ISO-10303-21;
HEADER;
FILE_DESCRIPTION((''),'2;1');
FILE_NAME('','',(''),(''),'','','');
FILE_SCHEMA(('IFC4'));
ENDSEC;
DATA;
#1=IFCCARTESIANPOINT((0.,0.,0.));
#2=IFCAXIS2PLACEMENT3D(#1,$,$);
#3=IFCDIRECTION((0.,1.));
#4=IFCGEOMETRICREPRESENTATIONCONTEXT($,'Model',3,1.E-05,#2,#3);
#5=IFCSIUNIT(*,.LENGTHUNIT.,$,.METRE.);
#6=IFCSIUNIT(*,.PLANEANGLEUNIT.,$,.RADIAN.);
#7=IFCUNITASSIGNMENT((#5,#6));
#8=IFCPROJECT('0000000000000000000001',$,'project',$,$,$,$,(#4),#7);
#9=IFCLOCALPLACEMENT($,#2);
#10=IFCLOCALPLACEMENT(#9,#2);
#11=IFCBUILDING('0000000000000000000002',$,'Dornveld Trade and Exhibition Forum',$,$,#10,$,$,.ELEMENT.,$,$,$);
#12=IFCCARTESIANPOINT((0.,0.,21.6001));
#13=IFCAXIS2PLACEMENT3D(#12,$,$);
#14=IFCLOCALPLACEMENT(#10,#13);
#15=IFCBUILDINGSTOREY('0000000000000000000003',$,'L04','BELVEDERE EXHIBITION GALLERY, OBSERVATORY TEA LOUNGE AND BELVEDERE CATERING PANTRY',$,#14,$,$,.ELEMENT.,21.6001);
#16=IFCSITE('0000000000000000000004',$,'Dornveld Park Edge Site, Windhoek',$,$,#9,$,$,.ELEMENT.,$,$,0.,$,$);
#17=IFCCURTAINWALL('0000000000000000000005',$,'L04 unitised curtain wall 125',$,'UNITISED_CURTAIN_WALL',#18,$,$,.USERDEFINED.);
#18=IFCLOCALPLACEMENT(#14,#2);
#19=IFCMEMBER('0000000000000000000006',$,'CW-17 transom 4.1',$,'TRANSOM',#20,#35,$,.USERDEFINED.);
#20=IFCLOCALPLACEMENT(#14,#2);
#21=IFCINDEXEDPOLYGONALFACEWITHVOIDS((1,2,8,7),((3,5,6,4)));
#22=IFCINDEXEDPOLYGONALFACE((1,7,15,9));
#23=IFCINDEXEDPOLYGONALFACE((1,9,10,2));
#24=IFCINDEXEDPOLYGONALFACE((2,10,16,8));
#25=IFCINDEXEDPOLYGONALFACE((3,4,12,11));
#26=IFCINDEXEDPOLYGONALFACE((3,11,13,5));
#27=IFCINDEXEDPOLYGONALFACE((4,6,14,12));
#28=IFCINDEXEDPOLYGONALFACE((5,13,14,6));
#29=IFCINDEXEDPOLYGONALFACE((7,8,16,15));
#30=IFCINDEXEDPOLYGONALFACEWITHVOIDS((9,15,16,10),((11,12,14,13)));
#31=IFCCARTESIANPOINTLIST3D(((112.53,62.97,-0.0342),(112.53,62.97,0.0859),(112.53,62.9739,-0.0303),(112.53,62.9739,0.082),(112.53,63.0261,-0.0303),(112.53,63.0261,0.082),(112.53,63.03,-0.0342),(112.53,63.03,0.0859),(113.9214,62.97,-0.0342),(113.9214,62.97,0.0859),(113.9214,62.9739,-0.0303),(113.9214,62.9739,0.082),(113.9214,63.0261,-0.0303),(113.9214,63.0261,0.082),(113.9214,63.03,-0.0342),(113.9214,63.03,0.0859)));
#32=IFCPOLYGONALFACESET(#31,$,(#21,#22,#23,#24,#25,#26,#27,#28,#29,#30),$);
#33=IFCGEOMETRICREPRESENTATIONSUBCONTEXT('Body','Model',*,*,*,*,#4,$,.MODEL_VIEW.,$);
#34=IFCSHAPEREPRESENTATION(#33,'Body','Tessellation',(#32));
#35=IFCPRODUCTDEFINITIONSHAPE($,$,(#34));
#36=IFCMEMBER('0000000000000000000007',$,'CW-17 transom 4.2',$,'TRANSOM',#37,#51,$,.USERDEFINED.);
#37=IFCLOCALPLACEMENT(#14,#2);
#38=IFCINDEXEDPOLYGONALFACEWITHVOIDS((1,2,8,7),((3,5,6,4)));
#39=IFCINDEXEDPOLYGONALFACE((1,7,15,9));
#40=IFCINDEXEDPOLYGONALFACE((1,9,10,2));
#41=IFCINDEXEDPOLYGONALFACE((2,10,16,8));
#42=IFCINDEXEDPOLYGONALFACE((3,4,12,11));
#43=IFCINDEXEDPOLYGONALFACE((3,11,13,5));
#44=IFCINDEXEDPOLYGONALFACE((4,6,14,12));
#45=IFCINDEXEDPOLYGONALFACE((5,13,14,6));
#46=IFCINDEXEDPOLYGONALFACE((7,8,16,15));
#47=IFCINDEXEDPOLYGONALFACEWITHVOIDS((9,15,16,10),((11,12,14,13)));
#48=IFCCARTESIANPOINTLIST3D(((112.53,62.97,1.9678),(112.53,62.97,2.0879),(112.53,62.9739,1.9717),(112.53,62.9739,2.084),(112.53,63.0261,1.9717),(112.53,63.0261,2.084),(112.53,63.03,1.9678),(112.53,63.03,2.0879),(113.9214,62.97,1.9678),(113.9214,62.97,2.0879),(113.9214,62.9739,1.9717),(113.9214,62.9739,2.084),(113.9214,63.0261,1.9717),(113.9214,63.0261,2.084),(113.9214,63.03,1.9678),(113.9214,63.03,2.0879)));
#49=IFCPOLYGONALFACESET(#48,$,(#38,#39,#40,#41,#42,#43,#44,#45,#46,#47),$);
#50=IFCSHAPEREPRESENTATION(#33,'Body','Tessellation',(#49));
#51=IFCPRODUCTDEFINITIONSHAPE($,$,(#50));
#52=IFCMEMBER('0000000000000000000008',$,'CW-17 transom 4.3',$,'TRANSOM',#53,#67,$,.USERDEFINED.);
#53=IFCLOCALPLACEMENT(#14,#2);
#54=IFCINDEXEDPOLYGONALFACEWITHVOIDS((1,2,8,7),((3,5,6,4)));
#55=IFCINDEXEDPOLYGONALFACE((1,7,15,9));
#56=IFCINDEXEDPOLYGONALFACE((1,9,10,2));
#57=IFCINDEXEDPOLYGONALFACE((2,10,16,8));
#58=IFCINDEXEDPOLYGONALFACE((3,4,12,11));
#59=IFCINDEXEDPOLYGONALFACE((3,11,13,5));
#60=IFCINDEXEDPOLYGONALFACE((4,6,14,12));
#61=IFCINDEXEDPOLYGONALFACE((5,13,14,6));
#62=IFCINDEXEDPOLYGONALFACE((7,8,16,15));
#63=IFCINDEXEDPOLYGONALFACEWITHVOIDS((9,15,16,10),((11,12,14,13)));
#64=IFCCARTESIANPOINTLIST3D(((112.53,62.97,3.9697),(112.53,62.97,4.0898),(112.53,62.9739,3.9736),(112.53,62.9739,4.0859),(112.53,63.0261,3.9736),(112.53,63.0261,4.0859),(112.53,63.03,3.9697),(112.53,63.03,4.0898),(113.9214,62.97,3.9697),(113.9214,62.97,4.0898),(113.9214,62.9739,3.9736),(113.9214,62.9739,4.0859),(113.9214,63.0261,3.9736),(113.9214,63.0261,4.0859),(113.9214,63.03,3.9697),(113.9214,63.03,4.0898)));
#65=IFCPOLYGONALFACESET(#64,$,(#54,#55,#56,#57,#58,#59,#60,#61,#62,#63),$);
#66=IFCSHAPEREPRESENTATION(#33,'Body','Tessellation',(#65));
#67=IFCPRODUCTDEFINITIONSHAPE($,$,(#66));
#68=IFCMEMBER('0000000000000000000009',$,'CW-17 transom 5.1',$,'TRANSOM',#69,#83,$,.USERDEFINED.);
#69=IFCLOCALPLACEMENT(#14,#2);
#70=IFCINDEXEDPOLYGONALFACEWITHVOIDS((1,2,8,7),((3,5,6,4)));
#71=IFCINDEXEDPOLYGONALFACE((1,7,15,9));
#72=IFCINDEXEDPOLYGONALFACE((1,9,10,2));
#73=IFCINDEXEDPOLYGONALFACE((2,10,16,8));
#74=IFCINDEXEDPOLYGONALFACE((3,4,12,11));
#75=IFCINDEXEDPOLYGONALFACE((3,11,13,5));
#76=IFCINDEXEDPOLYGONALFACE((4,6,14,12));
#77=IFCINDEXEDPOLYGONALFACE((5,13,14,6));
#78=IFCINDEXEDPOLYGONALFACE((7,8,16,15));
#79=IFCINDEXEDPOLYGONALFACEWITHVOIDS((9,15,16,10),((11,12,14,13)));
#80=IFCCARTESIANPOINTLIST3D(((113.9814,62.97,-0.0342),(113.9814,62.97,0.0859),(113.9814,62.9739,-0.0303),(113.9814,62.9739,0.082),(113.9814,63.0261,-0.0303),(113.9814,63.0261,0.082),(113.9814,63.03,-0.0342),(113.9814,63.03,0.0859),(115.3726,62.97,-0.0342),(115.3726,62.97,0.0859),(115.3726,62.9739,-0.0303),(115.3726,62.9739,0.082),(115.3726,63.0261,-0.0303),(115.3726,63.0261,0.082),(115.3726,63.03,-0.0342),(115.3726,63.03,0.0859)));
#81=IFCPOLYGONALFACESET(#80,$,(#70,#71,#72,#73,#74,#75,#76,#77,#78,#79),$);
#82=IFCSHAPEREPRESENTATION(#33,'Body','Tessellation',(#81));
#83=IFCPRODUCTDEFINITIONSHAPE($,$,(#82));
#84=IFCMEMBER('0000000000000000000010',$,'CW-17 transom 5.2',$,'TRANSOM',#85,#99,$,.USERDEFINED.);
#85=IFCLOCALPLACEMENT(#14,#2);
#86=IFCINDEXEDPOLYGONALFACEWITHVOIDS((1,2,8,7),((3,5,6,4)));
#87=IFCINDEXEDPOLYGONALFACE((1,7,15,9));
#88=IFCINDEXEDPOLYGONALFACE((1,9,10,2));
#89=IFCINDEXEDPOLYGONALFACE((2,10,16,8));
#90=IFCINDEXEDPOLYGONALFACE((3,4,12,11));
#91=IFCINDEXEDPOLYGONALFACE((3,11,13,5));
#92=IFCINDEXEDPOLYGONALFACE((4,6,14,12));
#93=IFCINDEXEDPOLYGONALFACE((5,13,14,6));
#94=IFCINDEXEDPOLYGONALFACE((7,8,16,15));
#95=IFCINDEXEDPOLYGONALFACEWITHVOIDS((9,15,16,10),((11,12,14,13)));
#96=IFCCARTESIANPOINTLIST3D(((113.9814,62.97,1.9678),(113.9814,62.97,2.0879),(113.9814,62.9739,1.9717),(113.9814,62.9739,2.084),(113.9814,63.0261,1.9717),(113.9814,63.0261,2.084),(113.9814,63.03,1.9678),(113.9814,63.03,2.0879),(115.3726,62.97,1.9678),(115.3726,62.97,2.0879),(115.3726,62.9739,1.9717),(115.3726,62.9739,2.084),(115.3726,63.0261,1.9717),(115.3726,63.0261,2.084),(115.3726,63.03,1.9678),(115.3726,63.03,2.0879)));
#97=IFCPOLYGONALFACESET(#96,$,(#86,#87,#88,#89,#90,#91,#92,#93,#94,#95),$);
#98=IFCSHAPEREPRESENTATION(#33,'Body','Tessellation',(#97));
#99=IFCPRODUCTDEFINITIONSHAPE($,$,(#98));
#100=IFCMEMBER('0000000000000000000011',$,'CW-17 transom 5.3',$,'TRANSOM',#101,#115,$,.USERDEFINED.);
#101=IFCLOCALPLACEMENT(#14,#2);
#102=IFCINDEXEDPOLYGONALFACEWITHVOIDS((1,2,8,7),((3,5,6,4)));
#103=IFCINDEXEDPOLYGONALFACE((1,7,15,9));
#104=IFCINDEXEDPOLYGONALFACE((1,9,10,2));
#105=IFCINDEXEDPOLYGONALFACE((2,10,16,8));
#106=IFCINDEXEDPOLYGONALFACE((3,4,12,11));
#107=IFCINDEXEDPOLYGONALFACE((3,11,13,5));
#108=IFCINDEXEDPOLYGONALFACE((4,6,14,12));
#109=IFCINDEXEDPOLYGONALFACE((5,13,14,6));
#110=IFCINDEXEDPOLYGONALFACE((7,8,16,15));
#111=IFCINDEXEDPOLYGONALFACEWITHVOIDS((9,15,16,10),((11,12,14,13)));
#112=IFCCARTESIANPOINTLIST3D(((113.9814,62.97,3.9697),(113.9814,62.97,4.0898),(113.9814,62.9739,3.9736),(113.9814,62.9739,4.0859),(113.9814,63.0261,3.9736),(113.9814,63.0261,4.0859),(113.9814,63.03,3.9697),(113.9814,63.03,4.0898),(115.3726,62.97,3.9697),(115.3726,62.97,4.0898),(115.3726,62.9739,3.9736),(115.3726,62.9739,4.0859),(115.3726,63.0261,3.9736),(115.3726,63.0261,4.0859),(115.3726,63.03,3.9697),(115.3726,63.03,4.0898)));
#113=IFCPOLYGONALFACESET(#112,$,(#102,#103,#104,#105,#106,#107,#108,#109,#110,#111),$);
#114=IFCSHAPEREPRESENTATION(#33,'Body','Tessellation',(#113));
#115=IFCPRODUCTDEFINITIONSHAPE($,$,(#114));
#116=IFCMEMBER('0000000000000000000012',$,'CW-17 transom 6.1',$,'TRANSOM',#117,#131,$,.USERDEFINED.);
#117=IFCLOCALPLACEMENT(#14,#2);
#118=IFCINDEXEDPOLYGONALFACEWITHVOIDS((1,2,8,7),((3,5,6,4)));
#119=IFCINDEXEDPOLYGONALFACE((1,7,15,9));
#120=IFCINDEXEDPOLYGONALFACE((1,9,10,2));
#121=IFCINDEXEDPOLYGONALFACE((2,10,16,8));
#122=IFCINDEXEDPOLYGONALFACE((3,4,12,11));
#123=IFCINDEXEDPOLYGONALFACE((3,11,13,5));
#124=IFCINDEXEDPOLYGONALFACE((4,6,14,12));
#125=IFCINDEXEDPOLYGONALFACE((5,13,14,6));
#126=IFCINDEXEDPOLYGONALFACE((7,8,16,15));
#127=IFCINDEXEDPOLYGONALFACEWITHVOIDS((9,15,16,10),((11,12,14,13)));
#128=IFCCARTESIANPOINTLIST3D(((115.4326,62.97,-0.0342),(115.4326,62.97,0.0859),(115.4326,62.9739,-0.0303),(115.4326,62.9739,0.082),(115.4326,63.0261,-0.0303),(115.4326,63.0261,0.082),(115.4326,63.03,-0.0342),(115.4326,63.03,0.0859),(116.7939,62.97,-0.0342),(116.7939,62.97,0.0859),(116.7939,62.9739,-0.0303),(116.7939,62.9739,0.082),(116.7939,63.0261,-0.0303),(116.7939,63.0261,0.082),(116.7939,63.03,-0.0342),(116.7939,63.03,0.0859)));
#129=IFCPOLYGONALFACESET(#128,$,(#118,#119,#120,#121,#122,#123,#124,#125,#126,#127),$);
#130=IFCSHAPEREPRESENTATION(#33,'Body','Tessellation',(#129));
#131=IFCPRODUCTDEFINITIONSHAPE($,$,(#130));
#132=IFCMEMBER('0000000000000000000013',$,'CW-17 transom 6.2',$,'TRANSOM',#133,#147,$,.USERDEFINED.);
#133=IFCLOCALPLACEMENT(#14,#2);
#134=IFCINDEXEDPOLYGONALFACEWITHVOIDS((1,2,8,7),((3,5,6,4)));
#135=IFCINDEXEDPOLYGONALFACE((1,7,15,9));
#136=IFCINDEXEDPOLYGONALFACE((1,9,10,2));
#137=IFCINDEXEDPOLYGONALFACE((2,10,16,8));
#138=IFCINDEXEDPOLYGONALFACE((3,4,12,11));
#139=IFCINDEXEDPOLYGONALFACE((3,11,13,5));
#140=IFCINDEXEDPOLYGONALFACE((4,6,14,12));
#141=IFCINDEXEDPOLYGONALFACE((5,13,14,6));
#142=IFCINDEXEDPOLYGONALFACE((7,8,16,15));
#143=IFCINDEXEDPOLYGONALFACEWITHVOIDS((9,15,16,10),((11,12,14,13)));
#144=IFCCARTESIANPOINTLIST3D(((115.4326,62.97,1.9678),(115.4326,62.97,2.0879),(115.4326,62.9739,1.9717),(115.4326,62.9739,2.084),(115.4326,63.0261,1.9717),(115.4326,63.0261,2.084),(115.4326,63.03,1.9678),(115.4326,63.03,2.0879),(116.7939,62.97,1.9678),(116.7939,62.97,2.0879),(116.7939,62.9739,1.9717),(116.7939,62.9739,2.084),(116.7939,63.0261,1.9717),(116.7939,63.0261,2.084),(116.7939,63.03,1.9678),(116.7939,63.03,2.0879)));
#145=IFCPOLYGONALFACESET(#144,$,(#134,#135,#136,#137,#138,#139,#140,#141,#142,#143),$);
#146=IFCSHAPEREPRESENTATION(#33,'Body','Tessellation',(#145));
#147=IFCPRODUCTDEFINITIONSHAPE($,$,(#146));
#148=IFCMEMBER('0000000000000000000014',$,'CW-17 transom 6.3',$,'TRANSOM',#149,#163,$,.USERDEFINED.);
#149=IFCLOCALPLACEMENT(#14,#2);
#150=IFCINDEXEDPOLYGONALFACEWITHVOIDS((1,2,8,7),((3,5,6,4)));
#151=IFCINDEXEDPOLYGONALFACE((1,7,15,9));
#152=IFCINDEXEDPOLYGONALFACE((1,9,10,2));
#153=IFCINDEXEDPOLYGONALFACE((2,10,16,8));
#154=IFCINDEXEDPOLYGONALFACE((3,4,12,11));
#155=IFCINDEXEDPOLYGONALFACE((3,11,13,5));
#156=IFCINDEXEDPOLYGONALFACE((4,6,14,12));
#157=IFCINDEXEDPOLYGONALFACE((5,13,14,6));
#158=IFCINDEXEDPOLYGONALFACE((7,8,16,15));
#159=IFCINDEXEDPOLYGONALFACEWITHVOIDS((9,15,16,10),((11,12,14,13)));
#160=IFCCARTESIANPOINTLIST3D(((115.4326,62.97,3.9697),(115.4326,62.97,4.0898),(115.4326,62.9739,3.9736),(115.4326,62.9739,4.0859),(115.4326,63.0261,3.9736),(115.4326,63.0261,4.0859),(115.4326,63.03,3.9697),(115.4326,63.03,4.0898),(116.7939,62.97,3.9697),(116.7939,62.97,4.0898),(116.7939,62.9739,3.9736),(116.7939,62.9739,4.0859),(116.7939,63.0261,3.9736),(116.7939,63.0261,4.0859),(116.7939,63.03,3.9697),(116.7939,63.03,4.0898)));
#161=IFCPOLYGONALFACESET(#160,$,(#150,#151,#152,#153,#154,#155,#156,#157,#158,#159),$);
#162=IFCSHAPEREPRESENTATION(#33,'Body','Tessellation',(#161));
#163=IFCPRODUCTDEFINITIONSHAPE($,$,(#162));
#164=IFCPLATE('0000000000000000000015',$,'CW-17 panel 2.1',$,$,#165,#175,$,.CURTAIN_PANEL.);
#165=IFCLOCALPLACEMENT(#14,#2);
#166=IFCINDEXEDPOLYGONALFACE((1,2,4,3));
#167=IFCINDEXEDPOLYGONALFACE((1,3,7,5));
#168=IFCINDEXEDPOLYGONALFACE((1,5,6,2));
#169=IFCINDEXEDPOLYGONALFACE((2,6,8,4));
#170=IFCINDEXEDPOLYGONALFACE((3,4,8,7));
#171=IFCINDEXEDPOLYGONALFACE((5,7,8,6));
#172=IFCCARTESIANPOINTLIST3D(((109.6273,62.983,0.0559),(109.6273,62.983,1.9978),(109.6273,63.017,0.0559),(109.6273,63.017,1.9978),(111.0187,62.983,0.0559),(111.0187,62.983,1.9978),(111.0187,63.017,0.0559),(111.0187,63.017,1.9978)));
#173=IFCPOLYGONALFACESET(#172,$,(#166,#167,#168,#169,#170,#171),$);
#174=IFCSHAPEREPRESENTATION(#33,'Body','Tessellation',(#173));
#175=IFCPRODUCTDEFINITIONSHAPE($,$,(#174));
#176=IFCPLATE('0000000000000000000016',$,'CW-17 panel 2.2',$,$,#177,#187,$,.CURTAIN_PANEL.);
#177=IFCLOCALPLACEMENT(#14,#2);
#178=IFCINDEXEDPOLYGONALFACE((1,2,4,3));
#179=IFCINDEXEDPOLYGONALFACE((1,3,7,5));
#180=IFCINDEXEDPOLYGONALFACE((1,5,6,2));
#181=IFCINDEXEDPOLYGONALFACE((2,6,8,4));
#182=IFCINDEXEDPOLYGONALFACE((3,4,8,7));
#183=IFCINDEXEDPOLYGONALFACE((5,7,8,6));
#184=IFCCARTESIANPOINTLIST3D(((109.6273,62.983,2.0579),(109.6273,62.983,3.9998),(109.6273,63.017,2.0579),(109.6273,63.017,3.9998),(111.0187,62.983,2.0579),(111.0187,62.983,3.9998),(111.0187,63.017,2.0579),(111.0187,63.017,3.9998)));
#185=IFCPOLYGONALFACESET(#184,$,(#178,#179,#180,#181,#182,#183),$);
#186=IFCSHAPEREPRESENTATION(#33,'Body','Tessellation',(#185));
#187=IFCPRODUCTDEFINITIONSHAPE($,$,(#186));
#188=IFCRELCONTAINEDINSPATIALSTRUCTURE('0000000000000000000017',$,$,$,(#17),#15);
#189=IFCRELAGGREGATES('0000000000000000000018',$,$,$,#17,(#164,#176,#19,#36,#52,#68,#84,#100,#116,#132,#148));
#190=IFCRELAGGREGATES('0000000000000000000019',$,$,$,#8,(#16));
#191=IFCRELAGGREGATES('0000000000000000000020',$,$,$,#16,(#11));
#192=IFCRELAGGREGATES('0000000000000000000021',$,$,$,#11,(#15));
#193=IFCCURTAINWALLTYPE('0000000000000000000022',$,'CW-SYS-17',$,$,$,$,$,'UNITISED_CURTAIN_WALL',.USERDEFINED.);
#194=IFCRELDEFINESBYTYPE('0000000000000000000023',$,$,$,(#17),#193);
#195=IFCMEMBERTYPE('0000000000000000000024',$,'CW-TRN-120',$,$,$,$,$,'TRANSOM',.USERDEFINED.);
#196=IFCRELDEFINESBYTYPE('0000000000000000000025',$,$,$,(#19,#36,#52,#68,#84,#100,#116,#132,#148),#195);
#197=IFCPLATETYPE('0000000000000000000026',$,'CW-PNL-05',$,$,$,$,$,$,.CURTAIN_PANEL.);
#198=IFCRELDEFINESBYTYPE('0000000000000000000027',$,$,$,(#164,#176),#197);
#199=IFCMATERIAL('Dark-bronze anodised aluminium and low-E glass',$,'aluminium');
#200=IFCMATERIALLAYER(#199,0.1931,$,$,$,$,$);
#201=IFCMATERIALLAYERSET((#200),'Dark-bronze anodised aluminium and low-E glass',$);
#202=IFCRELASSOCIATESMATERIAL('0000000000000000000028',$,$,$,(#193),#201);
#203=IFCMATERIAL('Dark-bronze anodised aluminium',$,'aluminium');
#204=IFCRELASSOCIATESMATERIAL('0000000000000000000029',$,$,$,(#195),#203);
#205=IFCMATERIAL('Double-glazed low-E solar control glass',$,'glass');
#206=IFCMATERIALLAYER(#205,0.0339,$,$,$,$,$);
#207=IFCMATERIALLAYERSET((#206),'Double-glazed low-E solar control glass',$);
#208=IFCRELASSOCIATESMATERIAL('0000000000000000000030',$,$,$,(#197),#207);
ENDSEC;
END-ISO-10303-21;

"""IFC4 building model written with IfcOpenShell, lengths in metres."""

from ifc_helpers import new_model, si_unit, direction, frame, origin, origin_2d, place, context, subcontext, project, spatial, rectangle, hollow_rectangle, extrude, material, layer, layer_set, material_profile, profile_set, type_object, element, aggregate, save


model = new_model("IFC4")

# Units and contexts
model_context = context("Model", 3, precision=1e-05, world=origin(), true_north=direction((0.0, 1.0)))
body_context = subcontext(model_context, "Body", "Model", "MODEL_VIEW")
ifc_project = project(units=[si_unit("LENGTHUNIT", "METRE"), si_unit("PLANEANGLEUNIT", "RADIAN")], contexts=[model_context])

# Site, building, storey
site_placement = place(None, origin())
site = spatial("IfcSite", under=ifc_project, at=site_placement, Name="Dornveld Park Edge Site, Windhoek", CompositionType="ELEMENT", RefElevation=0.0)
building_placement = place(site_placement, origin())
building = spatial("IfcBuilding", under=site, at=building_placement, Name="Dornveld Trade and Exhibition Forum", CompositionType="ELEMENT")
storey_placement = place(building_placement, frame((0.0, 0.0, 21.6001)))
storey = spatial("IfcBuildingStorey", under=building, at=storey_placement, Name="L04", Description="BELVEDERE EXHIBITION GALLERY, OBSERVATORY TEA LOUNGE AND BELVEDERE CATERING PANTRY", CompositionType="ELEMENT", Elevation=21.6001)

# Curtain wall, members, plates
ifc_material_1 = material(Name="Dark-bronze anodised aluminium and low-E glass", Category="aluminium")
ifc_layer_1 = layer(ifc_material_1, 0.1931)
ifc_layer_set_1 = layer_set([ifc_layer_1], Name="Dark-bronze anodised aluminium and low-E glass")
curtain_wall_type = type_object("IfcCurtainWallType", Name="CW-SYS-17", ElementType="UNITISED_CURTAIN_WALL", PredefinedType="USERDEFINED", material=ifc_layer_set_1)
curtain_wall_placement = place(storey_placement, origin())
curtain_wall = element("IfcCurtainWall", 1, at=curtain_wall_placement, inside=storey, type_object=curtain_wall_type, Name="L04 unitised curtain wall 125", ObjectType="UNITISED_CURTAIN_WALL", PredefinedType="USERDEFINED")
ifc_material_2 = material(Name="Dark-bronze anodised aluminium", Category="aluminium")
ifc_material_profile_1 = material_profile(ifc_material_2, hollow_rectangle(XDim=0.0601, YDim=0.1201, WallThickness=0.0039, at=origin_2d()), Name="RHS 120x60x4")
ifc_profile_set_1 = profile_set([ifc_material_profile_1], Name="Dark-bronze anodised aluminium")
member_type_1 = type_object("IfcMemberType", Name="CW-TRN-120", ElementType="TRANSOM", PredefinedType="USERDEFINED", material=ifc_profile_set_1)
member_1_placement = place(storey_placement, frame((112.53, 63.0, 0.0259), z_axis=(1.0, 0.0, 0.0), x_axis=(0.0, 1.0, 0.0)))
member_1 = element("IfcMember", 2, at=member_1_placement, type_object=member_type_1, Name="CW-17 transom 4.1", ObjectType="TRANSOM", PredefinedType="USERDEFINED", context=body_context, shape_type="SweptSolid", body=[
    extrude(hollow_rectangle(XDim=0.0601, YDim=0.1201, WallThickness=0.0039, at=origin_2d()), origin(), (0.0, 0.0, 1.0), 1.3914),
])
member_2_placement = place(storey_placement, frame((112.53, 63.0, 2.0278), z_axis=(1.0, 0.0, 0.0), x_axis=(0.0, 1.0, 0.0)))
member_2 = element("IfcMember", 3, at=member_2_placement, type_object=member_type_1, Name="CW-17 transom 4.2", ObjectType="TRANSOM", PredefinedType="USERDEFINED", context=body_context, shape_type="SweptSolid", body=[
    extrude(hollow_rectangle(XDim=0.0601, YDim=0.1201, WallThickness=0.0039, at=origin_2d()), origin(), (0.0, 0.0, 1.0), 1.3914),
])
member_3_placement = place(storey_placement, frame((112.53, 63.0, 4.0298), z_axis=(1.0, 0.0, 0.0), x_axis=(0.0, 1.0, 0.0)))
member_3 = element("IfcMember", 4, at=member_3_placement, type_object=member_type_1, Name="CW-17 transom 4.3", ObjectType="TRANSOM", PredefinedType="USERDEFINED", context=body_context, shape_type="SweptSolid", body=[
    extrude(hollow_rectangle(XDim=0.0601, YDim=0.1201, WallThickness=0.0039, at=origin_2d()), origin(), (0.0, 0.0, 1.0), 1.3914),
])
member_4_placement = place(storey_placement, frame((113.9814, 63.0, 0.0259), z_axis=(1.0, 0.0, 0.0), x_axis=(0.0, 1.0, 0.0)))
member_4 = element("IfcMember", 5, at=member_4_placement, type_object=member_type_1, Name="CW-17 transom 5.1", ObjectType="TRANSOM", PredefinedType="USERDEFINED", context=body_context, shape_type="SweptSolid", body=[
    extrude(hollow_rectangle(XDim=0.0601, YDim=0.1201, WallThickness=0.0039, at=origin_2d()), origin(), (0.0, 0.0, 1.0), 1.3911),
])
member_5_placement = place(storey_placement, frame((113.9814, 63.0, 2.0278), z_axis=(1.0, 0.0, 0.0), x_axis=(0.0, 1.0, 0.0)))
member_5 = element("IfcMember", 6, at=member_5_placement, type_object=member_type_1, Name="CW-17 transom 5.2", ObjectType="TRANSOM", PredefinedType="USERDEFINED", context=body_context, shape_type="SweptSolid", body=[
    extrude(hollow_rectangle(XDim=0.0601, YDim=0.1201, WallThickness=0.0039, at=origin_2d()), origin(), (0.0, 0.0, 1.0), 1.3911),
])
member_6_placement = place(storey_placement, frame((113.9814, 63.0, 4.0298), z_axis=(1.0, 0.0, 0.0), x_axis=(0.0, 1.0, 0.0)))
member_6 = element("IfcMember", 7, at=member_6_placement, type_object=member_type_1, Name="CW-17 transom 5.3", ObjectType="TRANSOM", PredefinedType="USERDEFINED", context=body_context, shape_type="SweptSolid", body=[
    extrude(hollow_rectangle(XDim=0.0601, YDim=0.1201, WallThickness=0.0039, at=origin_2d()), origin(), (0.0, 0.0, 1.0), 1.3911),
])
member_7_placement = place(storey_placement, frame((115.4326, 63.0, 0.0259), z_axis=(1.0, 0.0, 0.0), x_axis=(0.0, 1.0, 0.0)))
member_7 = element("IfcMember", 8, at=member_7_placement, type_object=member_type_1, Name="CW-17 transom 6.1", ObjectType="TRANSOM", PredefinedType="USERDEFINED", context=body_context, shape_type="SweptSolid", body=[
    extrude(hollow_rectangle(XDim=0.0601, YDim=0.1201, WallThickness=0.0039, at=origin_2d()), origin(), (0.0, 0.0, 1.0), 1.3613),
])
member_8_placement = place(storey_placement, frame((115.4326, 63.0, 2.0278), z_axis=(1.0, 0.0, 0.0), x_axis=(0.0, 1.0, 0.0)))
member_8 = element("IfcMember", 9, at=member_8_placement, type_object=member_type_1, Name="CW-17 transom 6.2", ObjectType="TRANSOM", PredefinedType="USERDEFINED", context=body_context, shape_type="SweptSolid", body=[
    extrude(hollow_rectangle(XDim=0.0601, YDim=0.1201, WallThickness=0.0039, at=origin_2d()), origin(), (0.0, 0.0, 1.0), 1.3613),
])
member_9_placement = place(storey_placement, frame((115.4326, 63.0, 4.0298), z_axis=(1.0, 0.0, 0.0), x_axis=(0.0, 1.0, 0.0)))
member_9 = element("IfcMember", 10, at=member_9_placement, type_object=member_type_1, Name="CW-17 transom 6.3", ObjectType="TRANSOM", PredefinedType="USERDEFINED", context=body_context, shape_type="SweptSolid", body=[
    extrude(hollow_rectangle(XDim=0.0601, YDim=0.1201, WallThickness=0.0039, at=origin_2d()), origin(), (0.0, 0.0, 1.0), 1.3613),
])
ifc_material_3 = material(Name="Double-glazed low-E solar control glass", Category="glass")
ifc_layer_2 = layer(ifc_material_3, 0.0339)
ifc_layer_set_2 = layer_set([ifc_layer_2], Name="Double-glazed low-E solar control glass")
plate_type = type_object("IfcPlateType", Name="CW-PNL-05", PredefinedType="CURTAIN_PANEL", material=ifc_layer_set_2)
plate_1_placement = place(storey_placement, frame((110.323, 63.0, 0.0559), z_axis=(0.0, 0.0, 1.0), x_axis=(1.0, 0.0, 0.0)))
plate_1 = element("IfcPlate", 11, at=plate_1_placement, type_object=plate_type, Name="CW-17 panel 2.1", PredefinedType="CURTAIN_PANEL", context=body_context, shape_type="SweptSolid", body=[
    extrude(rectangle(XDim=1.3914, YDim=0.0339, at=origin_2d()), origin(), (0.0, 0.0, 1.0), 1.9419),
])
plate_2_placement = place(storey_placement, frame((110.323, 63.0, 2.0579), z_axis=(0.0, 0.0, 1.0), x_axis=(1.0, 0.0, 0.0)))
plate_2 = element("IfcPlate", 12, at=plate_2_placement, type_object=plate_type, Name="CW-17 panel 2.2", PredefinedType="CURTAIN_PANEL", context=body_context, shape_type="SweptSolid", body=[
    extrude(rectangle(XDim=1.3914, YDim=0.0339, at=origin_2d()), origin(), (0.0, 0.0, 1.0), 1.9419),
])
aggregate(curtain_wall, [plate_1, plate_2, member_1, member_2, member_3, member_4, member_5, member_6, member_7, member_8, member_9])

save(model, "model.ifc")
